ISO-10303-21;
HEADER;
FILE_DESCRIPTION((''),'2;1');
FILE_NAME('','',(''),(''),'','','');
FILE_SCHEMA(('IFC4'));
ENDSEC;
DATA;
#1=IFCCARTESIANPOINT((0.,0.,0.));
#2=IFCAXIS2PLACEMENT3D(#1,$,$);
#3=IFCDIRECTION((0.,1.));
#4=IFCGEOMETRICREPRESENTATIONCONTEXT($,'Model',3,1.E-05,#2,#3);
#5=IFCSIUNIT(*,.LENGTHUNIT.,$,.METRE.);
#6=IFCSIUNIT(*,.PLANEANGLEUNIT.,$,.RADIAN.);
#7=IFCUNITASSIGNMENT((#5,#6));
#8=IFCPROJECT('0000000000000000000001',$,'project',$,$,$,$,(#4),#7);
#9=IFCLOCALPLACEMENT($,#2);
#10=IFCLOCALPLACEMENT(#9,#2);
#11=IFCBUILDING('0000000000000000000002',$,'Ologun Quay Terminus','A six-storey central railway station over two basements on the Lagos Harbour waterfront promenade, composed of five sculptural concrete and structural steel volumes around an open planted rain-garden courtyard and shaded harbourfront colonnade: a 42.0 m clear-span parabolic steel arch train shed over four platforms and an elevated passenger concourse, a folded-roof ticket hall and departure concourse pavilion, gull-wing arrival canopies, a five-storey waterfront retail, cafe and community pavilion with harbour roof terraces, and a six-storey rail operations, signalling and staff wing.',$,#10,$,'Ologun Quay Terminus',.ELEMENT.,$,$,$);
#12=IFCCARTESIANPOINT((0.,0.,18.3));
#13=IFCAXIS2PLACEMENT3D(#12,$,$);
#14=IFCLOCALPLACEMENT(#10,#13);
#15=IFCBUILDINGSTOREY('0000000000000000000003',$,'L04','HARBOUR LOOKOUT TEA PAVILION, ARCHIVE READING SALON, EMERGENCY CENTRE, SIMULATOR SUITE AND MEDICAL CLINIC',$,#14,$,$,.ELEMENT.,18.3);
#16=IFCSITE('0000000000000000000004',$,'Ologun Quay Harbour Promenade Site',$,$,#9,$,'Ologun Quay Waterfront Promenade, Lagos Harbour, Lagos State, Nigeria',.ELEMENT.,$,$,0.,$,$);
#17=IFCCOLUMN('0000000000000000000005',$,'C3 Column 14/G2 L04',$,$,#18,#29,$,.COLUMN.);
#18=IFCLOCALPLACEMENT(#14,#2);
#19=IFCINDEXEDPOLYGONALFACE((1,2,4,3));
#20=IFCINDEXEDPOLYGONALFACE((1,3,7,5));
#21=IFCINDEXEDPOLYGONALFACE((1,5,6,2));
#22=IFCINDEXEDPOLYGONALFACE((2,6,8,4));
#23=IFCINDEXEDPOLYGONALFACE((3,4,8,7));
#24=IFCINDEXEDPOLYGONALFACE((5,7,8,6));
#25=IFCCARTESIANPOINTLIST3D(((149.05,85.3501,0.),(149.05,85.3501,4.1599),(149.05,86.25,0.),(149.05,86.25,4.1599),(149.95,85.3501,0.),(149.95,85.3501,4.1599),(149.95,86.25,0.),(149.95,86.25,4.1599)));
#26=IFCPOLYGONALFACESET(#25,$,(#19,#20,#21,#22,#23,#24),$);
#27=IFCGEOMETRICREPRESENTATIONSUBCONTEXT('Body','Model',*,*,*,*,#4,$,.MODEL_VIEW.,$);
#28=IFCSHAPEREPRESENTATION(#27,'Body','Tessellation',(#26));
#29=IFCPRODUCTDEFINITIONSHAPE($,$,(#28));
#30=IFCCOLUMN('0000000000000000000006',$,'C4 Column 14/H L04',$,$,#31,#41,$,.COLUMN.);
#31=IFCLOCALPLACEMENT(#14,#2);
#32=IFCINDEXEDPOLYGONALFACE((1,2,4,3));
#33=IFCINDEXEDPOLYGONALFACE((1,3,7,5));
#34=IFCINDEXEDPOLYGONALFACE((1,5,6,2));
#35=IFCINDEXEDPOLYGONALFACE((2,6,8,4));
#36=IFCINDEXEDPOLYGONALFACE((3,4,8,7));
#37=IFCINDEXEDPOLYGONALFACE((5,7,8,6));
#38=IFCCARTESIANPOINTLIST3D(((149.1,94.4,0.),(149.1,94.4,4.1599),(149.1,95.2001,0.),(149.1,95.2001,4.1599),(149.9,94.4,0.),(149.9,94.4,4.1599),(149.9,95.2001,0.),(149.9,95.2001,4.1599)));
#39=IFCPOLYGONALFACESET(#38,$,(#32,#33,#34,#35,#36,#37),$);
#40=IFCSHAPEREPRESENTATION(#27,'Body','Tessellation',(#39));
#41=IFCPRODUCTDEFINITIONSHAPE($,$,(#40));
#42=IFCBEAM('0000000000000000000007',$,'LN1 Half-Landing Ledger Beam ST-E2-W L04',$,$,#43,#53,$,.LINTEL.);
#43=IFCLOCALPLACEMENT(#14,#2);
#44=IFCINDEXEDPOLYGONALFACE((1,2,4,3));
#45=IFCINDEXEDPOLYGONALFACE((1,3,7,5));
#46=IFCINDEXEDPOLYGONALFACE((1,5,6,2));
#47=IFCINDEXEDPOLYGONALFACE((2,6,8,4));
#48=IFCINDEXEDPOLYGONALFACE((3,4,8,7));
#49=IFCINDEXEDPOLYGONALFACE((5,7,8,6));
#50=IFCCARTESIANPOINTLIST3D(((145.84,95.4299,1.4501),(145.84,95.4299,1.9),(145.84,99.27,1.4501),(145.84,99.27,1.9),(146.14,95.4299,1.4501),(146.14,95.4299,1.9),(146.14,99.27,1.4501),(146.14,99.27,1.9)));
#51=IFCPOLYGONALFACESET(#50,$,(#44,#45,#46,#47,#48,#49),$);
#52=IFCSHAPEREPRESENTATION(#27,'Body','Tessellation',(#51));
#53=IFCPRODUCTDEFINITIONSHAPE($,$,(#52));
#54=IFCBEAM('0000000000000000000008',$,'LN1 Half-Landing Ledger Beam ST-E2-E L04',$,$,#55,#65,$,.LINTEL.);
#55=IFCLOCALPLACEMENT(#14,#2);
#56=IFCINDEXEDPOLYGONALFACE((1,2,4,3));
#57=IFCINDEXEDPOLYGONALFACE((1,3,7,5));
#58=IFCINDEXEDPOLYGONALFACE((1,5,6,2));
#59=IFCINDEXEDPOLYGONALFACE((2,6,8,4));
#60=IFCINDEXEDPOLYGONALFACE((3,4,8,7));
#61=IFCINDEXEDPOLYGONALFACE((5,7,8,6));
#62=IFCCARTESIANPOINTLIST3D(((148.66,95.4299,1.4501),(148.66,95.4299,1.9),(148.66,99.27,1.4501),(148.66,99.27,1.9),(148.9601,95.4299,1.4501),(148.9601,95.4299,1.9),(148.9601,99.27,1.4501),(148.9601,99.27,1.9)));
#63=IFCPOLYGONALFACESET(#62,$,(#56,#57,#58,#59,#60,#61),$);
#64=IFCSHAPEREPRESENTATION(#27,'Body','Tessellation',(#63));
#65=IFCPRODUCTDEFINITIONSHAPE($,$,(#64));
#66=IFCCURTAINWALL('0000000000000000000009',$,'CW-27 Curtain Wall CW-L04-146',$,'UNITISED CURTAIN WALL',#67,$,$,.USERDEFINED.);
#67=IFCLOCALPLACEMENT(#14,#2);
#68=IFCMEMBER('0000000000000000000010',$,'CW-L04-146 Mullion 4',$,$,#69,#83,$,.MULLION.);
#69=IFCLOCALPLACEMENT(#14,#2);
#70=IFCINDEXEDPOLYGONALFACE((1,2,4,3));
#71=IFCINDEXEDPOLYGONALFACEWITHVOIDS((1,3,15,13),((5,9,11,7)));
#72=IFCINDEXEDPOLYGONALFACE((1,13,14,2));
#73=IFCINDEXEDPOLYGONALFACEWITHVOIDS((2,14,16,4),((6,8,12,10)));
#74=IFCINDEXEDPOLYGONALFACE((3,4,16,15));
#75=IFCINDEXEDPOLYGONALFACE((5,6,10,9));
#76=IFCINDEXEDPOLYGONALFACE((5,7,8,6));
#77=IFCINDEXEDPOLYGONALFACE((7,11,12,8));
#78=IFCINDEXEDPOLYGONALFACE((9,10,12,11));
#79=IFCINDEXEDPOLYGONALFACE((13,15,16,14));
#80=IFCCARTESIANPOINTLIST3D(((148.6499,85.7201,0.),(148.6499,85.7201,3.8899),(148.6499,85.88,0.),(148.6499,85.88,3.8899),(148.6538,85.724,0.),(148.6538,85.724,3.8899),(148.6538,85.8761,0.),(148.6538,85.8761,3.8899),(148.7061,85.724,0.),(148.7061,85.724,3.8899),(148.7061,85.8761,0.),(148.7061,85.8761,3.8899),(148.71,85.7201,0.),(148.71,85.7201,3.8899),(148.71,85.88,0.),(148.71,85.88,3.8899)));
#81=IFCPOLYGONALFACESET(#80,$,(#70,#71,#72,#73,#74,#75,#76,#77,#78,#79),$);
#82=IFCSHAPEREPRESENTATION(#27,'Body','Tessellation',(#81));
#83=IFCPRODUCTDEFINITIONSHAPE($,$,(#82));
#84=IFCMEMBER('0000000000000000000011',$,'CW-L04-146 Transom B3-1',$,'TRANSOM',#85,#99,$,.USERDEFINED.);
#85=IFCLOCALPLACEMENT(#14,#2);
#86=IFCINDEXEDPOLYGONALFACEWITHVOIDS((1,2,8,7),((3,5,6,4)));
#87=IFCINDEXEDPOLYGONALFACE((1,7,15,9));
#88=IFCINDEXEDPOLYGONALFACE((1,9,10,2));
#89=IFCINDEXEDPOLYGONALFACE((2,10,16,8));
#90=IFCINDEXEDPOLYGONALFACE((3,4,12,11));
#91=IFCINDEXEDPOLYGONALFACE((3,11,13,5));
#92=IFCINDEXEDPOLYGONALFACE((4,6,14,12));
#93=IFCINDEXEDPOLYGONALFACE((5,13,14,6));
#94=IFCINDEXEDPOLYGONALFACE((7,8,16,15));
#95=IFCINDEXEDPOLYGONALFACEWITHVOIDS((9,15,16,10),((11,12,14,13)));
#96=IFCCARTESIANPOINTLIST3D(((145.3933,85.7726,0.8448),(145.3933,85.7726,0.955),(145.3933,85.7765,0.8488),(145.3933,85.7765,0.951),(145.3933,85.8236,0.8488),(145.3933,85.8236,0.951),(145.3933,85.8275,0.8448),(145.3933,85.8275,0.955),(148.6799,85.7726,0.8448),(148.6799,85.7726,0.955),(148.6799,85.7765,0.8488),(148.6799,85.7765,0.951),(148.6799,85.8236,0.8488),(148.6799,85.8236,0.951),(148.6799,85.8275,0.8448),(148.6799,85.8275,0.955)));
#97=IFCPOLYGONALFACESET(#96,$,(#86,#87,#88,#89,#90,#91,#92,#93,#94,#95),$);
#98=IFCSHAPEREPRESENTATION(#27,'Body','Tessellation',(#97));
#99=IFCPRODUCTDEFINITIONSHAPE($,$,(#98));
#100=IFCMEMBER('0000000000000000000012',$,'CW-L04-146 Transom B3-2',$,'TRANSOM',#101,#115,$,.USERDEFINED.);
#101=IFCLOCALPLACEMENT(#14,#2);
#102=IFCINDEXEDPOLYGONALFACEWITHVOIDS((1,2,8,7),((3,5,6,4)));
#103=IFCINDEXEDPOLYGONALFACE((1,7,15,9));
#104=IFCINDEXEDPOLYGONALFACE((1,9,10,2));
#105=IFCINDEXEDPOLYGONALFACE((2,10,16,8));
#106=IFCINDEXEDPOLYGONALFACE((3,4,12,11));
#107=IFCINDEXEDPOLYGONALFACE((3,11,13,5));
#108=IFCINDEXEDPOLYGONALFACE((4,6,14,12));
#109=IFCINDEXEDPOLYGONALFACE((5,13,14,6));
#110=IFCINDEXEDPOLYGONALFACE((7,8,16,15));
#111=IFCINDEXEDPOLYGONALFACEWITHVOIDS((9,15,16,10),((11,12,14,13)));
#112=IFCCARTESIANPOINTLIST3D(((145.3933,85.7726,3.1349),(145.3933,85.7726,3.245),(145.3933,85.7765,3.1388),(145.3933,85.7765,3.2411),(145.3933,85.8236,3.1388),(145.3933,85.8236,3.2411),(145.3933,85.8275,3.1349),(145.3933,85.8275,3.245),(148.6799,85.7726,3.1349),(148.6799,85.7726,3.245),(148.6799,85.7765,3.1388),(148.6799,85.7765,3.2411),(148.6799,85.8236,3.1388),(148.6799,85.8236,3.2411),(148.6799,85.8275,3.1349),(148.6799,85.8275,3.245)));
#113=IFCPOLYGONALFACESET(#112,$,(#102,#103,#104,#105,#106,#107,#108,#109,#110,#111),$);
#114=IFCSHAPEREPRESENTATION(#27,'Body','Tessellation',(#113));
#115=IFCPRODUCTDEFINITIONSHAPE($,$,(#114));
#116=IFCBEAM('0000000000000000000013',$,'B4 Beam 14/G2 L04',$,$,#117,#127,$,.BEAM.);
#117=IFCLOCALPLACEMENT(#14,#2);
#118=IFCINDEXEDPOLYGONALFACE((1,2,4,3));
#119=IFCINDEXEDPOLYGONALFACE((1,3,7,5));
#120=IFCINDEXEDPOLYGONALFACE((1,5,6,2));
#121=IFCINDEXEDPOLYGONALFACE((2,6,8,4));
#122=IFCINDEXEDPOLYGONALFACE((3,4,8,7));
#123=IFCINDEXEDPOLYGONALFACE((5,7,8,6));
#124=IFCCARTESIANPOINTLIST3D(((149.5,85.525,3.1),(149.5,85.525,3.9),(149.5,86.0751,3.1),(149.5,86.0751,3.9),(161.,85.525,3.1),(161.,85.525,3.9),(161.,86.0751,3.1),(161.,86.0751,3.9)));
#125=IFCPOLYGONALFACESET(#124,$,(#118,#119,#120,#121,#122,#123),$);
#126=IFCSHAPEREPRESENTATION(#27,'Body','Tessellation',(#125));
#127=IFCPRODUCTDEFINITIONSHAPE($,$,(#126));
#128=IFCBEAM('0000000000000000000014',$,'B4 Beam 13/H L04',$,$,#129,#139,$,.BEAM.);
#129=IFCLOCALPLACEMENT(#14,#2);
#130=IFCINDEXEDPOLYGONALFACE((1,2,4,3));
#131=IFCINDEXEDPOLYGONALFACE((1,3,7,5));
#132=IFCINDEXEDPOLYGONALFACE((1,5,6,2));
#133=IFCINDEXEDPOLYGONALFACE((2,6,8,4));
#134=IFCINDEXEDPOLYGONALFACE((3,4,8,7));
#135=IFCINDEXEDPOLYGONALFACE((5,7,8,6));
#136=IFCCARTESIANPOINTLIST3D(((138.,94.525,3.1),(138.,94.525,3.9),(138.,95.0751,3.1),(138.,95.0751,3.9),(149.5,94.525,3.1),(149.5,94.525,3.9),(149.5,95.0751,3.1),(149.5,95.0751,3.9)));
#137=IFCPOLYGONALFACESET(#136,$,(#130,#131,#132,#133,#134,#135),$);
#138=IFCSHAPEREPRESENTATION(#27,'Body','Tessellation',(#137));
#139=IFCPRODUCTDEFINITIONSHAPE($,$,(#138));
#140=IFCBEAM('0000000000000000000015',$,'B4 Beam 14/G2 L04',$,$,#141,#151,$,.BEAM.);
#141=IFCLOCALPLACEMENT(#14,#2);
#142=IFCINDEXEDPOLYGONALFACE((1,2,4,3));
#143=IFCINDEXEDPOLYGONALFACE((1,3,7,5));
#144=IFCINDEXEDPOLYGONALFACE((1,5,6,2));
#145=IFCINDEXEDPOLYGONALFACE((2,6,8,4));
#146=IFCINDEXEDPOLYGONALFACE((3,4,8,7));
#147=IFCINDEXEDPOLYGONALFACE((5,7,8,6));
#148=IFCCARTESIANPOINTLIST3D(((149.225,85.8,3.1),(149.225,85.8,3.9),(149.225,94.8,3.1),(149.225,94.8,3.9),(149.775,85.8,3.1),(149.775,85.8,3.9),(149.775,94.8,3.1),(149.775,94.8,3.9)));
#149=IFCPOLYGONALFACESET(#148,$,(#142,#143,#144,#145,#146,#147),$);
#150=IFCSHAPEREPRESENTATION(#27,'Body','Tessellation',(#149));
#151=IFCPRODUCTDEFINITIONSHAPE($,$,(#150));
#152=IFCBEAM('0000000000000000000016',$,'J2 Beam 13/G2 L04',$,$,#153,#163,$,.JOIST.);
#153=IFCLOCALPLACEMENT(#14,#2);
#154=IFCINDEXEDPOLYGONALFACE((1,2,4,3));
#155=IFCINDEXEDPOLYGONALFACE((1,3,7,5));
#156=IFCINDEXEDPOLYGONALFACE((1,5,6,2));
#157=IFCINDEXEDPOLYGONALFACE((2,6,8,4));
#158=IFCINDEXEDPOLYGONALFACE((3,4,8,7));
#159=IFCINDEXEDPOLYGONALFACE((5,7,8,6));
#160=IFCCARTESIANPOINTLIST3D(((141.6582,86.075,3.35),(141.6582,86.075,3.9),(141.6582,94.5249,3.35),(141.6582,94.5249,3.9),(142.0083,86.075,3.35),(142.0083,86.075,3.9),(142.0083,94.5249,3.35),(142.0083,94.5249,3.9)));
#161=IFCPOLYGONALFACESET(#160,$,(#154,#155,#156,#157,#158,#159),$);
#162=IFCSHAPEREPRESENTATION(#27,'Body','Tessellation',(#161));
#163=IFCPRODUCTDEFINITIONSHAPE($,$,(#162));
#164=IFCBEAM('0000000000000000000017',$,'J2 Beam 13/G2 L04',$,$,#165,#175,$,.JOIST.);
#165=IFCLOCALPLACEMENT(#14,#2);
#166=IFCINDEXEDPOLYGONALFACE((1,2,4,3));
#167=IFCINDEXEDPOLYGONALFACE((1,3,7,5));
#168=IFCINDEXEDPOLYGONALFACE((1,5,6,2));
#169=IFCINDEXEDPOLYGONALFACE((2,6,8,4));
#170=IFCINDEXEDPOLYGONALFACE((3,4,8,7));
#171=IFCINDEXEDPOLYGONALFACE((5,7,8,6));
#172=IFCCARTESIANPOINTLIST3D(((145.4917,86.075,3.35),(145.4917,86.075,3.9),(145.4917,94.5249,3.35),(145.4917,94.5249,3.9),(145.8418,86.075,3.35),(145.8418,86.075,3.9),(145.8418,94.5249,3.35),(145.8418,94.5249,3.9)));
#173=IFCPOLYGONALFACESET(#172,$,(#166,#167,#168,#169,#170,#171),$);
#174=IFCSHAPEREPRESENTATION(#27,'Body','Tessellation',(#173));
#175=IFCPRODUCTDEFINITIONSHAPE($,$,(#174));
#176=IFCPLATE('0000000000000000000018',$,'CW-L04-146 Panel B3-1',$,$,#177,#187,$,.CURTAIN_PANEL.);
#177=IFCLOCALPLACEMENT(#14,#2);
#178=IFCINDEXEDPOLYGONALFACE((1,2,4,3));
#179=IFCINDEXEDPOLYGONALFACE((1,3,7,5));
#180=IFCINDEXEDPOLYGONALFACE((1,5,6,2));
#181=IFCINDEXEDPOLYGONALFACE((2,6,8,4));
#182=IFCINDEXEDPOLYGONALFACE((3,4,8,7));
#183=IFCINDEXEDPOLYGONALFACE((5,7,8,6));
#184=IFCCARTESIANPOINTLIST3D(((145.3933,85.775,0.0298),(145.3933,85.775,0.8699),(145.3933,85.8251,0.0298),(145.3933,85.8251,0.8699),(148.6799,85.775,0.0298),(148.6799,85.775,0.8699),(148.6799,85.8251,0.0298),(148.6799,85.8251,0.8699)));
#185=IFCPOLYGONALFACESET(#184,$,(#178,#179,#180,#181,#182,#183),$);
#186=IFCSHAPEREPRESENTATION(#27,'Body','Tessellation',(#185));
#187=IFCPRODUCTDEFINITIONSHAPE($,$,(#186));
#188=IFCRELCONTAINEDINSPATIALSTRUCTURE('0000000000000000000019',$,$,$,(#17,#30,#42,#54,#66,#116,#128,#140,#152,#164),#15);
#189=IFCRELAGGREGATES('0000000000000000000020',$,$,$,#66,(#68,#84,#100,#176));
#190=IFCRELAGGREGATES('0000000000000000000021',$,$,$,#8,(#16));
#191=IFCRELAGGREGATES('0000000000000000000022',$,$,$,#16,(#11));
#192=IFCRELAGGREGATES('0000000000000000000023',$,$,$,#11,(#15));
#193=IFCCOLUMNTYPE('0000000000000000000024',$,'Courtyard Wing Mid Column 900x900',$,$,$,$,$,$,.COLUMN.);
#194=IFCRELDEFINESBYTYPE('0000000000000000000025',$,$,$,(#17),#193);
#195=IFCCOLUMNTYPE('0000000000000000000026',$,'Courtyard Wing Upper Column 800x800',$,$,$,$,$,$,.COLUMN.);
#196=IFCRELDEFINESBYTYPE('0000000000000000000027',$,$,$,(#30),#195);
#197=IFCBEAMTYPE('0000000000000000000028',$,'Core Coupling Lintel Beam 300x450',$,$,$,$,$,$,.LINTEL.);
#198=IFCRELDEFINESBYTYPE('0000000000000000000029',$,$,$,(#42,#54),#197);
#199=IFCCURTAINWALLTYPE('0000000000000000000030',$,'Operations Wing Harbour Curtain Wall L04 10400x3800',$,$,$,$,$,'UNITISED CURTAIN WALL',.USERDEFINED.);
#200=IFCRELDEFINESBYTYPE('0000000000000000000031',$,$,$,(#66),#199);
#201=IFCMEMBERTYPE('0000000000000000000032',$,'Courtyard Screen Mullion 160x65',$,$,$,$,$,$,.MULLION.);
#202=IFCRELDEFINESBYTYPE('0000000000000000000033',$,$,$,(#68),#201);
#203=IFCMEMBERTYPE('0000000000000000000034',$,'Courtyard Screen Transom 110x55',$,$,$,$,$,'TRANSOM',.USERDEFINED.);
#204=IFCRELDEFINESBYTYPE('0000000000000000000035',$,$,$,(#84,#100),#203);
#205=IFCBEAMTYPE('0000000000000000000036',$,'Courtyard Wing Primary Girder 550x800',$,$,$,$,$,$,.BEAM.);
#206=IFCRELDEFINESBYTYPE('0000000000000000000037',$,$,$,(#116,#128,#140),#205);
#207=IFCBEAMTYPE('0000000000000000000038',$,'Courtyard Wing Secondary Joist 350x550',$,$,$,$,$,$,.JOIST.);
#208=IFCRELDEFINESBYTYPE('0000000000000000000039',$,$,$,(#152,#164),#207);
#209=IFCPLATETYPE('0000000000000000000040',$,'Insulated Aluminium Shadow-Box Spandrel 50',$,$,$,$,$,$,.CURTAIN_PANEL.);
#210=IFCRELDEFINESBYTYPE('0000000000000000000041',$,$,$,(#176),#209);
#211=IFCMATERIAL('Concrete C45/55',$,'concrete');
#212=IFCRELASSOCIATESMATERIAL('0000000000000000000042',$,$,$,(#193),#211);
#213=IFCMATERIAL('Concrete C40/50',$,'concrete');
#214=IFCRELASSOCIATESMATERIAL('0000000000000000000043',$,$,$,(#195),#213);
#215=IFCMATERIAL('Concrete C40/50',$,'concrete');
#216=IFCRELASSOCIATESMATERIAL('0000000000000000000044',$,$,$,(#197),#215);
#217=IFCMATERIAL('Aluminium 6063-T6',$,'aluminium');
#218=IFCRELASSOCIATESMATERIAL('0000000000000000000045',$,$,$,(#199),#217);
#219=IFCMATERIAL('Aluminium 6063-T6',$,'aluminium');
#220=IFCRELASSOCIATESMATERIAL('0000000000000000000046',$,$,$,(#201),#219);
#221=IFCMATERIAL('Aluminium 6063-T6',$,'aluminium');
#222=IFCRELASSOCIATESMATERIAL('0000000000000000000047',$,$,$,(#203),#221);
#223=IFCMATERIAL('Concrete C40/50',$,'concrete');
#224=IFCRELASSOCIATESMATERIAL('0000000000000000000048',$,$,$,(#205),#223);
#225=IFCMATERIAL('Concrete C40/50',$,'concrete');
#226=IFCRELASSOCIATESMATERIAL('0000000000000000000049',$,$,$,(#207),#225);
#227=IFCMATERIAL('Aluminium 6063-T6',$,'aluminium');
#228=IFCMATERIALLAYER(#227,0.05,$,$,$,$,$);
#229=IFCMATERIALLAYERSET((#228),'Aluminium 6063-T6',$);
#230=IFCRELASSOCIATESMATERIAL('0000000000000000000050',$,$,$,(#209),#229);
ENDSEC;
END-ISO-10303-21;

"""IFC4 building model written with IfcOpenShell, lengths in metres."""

from ifc_helpers import new_model, si_unit, direction, frame, origin, origin_2d, place, context, subcontext, project, spatial, rectangle, hollow_rectangle, extrude, material, layer, layer_set, material_profile, profile_set, type_object, element, aggregate, save


model = new_model("IFC4")

# Units and contexts
model_context = context("Model", 3, precision=1e-05, world=origin(), true_north=direction((0.0, 1.0)))
body_context = subcontext(model_context, "Body", "Model", "MODEL_VIEW")
ifc_project = project(units=[si_unit("LENGTHUNIT", "METRE"), si_unit("PLANEANGLEUNIT", "RADIAN")], contexts=[model_context])

# Site, building, storey
site_placement = place(None, origin())
site = spatial("IfcSite", under=ifc_project, at=site_placement, Name="Ologun Quay Harbour Promenade Site", LongName="Ologun Quay Waterfront Promenade, Lagos Harbour, Lagos State, Nigeria", CompositionType="ELEMENT", RefElevation=0.0)
building_placement = place(site_placement, origin())
building = spatial("IfcBuilding", under=site, at=building_placement, Name="Ologun Quay Terminus", Description="A six-storey central railway station over two basements on the Lagos Harbour waterfront promenade, composed of five sculptural concrete and structural steel volumes around an open planted rain-garden courtyard and shaded harbourfront colonnade: a 42.0 m clear-span parabolic steel arch train shed over four platforms and an elevated passenger concourse, a folded-roof ticket hall and departure concourse pavilion, gull-wing arrival canopies, a five-storey waterfront retail, cafe and community pavilion with harbour roof terraces, and a six-storey rail operations, signalling and staff wing.", LongName="Ologun Quay Terminus", CompositionType="ELEMENT")
storey_placement = place(building_placement, frame((0.0, 0.0, 18.3)))
storey = spatial("IfcBuildingStorey", under=building, at=storey_placement, Name="L04", Description="HARBOUR LOOKOUT TEA PAVILION, ARCHIVE READING SALON, EMERGENCY CENTRE, SIMULATOR SUITE AND MEDICAL CLINIC", CompositionType="ELEMENT", Elevation=18.3)

# Columns
ifc_material_1 = material(Name="Concrete C45/55", Category="concrete")
ifc_material_profile_1 = material_profile(ifc_material_1, rectangle(XDim=0.8999, YDim=0.8999, at=origin_2d()), Name="RC 900x900")
ifc_profile_set_1 = profile_set([ifc_material_profile_1], Name="Concrete C45/55")
column_type_1 = type_object("IfcColumnType", Name="Courtyard Wing Mid Column 900x900", PredefinedType="COLUMN", material=ifc_profile_set_1)
column_1_placement = place(storey_placement, frame((149.5, 85.8, 0.0), z_axis=(0.0, 0.0, 1.0), x_axis=(1.0, 0.0, 0.0)))
element("IfcColumn", 1, at=column_1_placement, inside=storey, type_object=column_type_1, Name="C3 Column 14/G2 L04", PredefinedType="COLUMN", context=body_context, shape_type="SweptSolid", body=[
    extrude(rectangle(XDim=0.8999, YDim=0.8999, at=origin_2d()), origin(), (0.0, 0.0, 1.0), 4.1599),
])
ifc_material_2 = material(Name="Concrete C40/50", Category="concrete")
ifc_material_profile_2 = material_profile(ifc_material_2, rectangle(XDim=0.8, YDim=0.8, at=origin_2d()), Name="RC 800x800")
ifc_profile_set_2 = profile_set([ifc_material_profile_2], Name="Concrete C40/50")
column_type_2 = type_object("IfcColumnType", Name="Courtyard Wing Upper Column 800x800", PredefinedType="COLUMN", material=ifc_profile_set_2)
column_2_placement = place(storey_placement, frame((149.5, 94.8, 0.0), z_axis=(0.0, 0.0, 1.0), x_axis=(1.0, 0.0, 0.0)))
element("IfcColumn", 2, at=column_2_placement, inside=storey, type_object=column_type_2, Name="C4 Column 14/H L04", PredefinedType="COLUMN", context=body_context, shape_type="SweptSolid", body=[
    extrude(rectangle(XDim=0.8, YDim=0.8, at=origin_2d()), origin(), (0.0, 0.0, 1.0), 4.1599),
])

# Beams
ifc_material_3 = material(Name="Concrete C40/50", Category="concrete")
ifc_material_profile_3 = material_profile(ifc_material_3, rectangle(XDim=0.3, YDim=0.45, at=origin_2d()), Name="RC 300x450")
ifc_profile_set_3 = profile_set([ifc_material_profile_3], Name="Concrete C40/50")
beam_type_1 = type_object("IfcBeamType", Name="Core Coupling Lintel Beam 300x450", PredefinedType="LINTEL", material=ifc_profile_set_3)
for number, where, z_axis, x_axis, name in (
    (3, (145.99, 95.4299, 1.675), (0.0, 1.0, 0.0), (-1.0, 0.0, 0.0), "LN1 Half-Landing Ledger Beam ST-E2-W L04"),
    (4, (148.8101, 95.4299, 1.675), (0.0, 1.0, 0.0), (-1.0, 0.0, 0.0), "LN1 Half-Landing Ledger Beam ST-E2-E L04"),
):
    element("IfcBeam", number, at=place(storey_placement, frame(where, z_axis=z_axis, x_axis=x_axis)), inside=storey, type_object=beam_type_1, Name=name, PredefinedType="LINTEL", context=body_context, shape_type="SweptSolid", body=[
        extrude(rectangle(XDim=0.3, YDim=0.45, at=origin_2d()), origin(), (0.0, 0.0, 1.0), 3.8401),
    ])

# Curtain wall, members
ifc_material_4 = material(Name="Aluminium 6063-T6", Category="aluminium")
curtain_wall_type = type_object("IfcCurtainWallType", Name="Operations Wing Harbour Curtain Wall L04 10400x3800", ElementType="UNITISED CURTAIN WALL", PredefinedType="USERDEFINED", material=ifc_material_4)
curtain_wall_placement = place(storey_placement, origin())
curtain_wall = element("IfcCurtainWall", 5, at=curtain_wall_placement, inside=storey, type_object=curtain_wall_type, Name="CW-27 Curtain Wall CW-L04-146", ObjectType="UNITISED CURTAIN WALL", PredefinedType="USERDEFINED")
ifc_material_5 = material(Name="Aluminium 6063-T6", Category="aluminium")
ifc_material_profile_4 = material_profile(ifc_material_5, hollow_rectangle(XDim=0.0601, YDim=0.1599, WallThickness=0.0039, at=origin_2d()), Name="ALU 160x60x4")
ifc_profile_set_4 = profile_set([ifc_material_profile_4], Name="Aluminium 6063-T6")
member_type_1 = type_object("IfcMemberType", Name="Courtyard Screen Mullion 160x65", PredefinedType="MULLION", material=ifc_profile_set_4)
member_1_placement = place(storey_placement, frame((148.6799, 85.8, 0.0), z_axis=(0.0, 0.0, 1.0), x_axis=(1.0, 0.0, 0.0)))
member_1 = element("IfcMember", 6, at=member_1_placement, type_object=member_type_1, Name="CW-L04-146 Mullion 4", PredefinedType="MULLION", context=body_context, shape_type="SweptSolid", body=[
    extrude(hollow_rectangle(XDim=0.0601, YDim=0.1599, WallThickness=0.0039, at=origin_2d()), origin(), (0.0, 0.0, 1.0), 3.8899),
])
ifc_material_6 = material(Name="Aluminium 6063-T6", Category="aluminium")
ifc_material_profile_5 = material_profile(ifc_material_6, hollow_rectangle(XDim=0.0549, YDim=0.1101, WallThickness=0.0039, at=origin_2d()), Name="ALU 110x55x4")
ifc_profile_set_5 = profile_set([ifc_material_profile_5], Name="Aluminium 6063-T6")
member_type_2 = type_object("IfcMemberType", Name="Courtyard Screen Transom 110x55", ElementType="TRANSOM", PredefinedType="USERDEFINED", material=ifc_profile_set_5)
member_2_placement = place(storey_placement, frame((145.3933, 85.8, 0.8999), z_axis=(1.0, 0.0, 0.0), x_axis=(0.0, 1.0, 0.0)))
member_2 = element("IfcMember", 7, at=member_2_placement, type_object=member_type_2, Name="CW-L04-146 Transom B3-1", ObjectType="TRANSOM", PredefinedType="USERDEFINED", context=body_context, shape_type="SweptSolid", body=[
    extrude(hollow_rectangle(XDim=0.0549, YDim=0.1101, WallThickness=0.0039, at=origin_2d()), origin(), (0.0, 0.0, 1.0), 3.2866),
])
member_3_placement = place(storey_placement, frame((145.3933, 85.8, 3.1899), z_axis=(1.0, 0.0, 0.0), x_axis=(0.0, 1.0, 0.0)))
member_3 = element("IfcMember", 8, at=member_3_placement, type_object=member_type_2, Name="CW-L04-146 Transom B3-2", ObjectType="TRANSOM", PredefinedType="USERDEFINED", context=body_context, shape_type="SweptSolid", body=[
    extrude(hollow_rectangle(XDim=0.0549, YDim=0.1101, WallThickness=0.0039, at=origin_2d()), origin(), (0.0, 0.0, 1.0), 3.2866),
])

# Beams
ifc_material_7 = material(Name="Concrete C40/50", Category="concrete")
ifc_material_profile_6 = material_profile(ifc_material_7, rectangle(XDim=0.55, YDim=0.8, at=origin_2d()), Name="RC 550x800")
ifc_profile_set_6 = profile_set([ifc_material_profile_6], Name="Concrete C40/50")
beam_type_2 = type_object("IfcBeamType", Name="Courtyard Wing Primary Girder 550x800", PredefinedType="BEAM", material=ifc_profile_set_6)
for number, where, z_axis, x_axis, name in (
    (9, (149.5, 85.8, 3.5), (1.0, 0.0, 0.0), (0.0, 1.0, 0.0), "B4 Beam 14/G2 L04"),
    (10, (138.0, 94.8, 3.5), (1.0, 0.0, 0.0), (0.0, 1.0, 0.0), "B4 Beam 13/H L04"),
):
    element("IfcBeam", number, at=place(storey_placement, frame(where, z_axis=z_axis, x_axis=x_axis)), inside=storey, type_object=beam_type_2, Name=name, PredefinedType="BEAM", context=body_context, shape_type="SweptSolid", body=[
        extrude(rectangle(XDim=0.55, YDim=0.8, at=origin_2d()), origin(), (0.0, 0.0, 1.0), 11.5),
    ])
beam_placement = place(storey_placement, frame((149.5, 85.8, 3.5), z_axis=(0.0, 1.0, 0.0), x_axis=(-1.0, 0.0, 0.0)))
element("IfcBeam", 11, at=beam_placement, inside=storey, type_object=beam_type_2, Name="B4 Beam 14/G2 L04", PredefinedType="BEAM", context=body_context, shape_type="SweptSolid", body=[
    extrude(rectangle(XDim=0.55, YDim=0.8, at=origin_2d()), origin(), (0.0, 0.0, 1.0), 9.0),
])
ifc_material_8 = material(Name="Concrete C40/50", Category="concrete")
ifc_material_profile_7 = material_profile(ifc_material_8, rectangle(XDim=0.3501, YDim=0.55, at=origin_2d()), Name="RC 350x550")
ifc_profile_set_7 = profile_set([ifc_material_profile_7], Name="Concrete C40/50")
beam_type_3 = type_object("IfcBeamType", Name="Courtyard Wing Secondary Joist 350x550", PredefinedType="JOIST", material=ifc_profile_set_7)
for number, where, z_axis, x_axis, name in (
    (12, (141.8333, 86.075, 3.625), (0.0, 1.0, 0.0), (-1.0, 0.0, 0.0), "J2 Beam 13/G2 L04"),
    (13, (145.6667, 86.075, 3.625), (0.0, 1.0, 0.0), (-1.0, 0.0, 0.0), "J2 Beam 13/G2 L04"),
):
    element("IfcBeam", number, at=place(storey_placement, frame(where, z_axis=z_axis, x_axis=x_axis)), inside=storey, type_object=beam_type_3, Name=name, PredefinedType="JOIST", context=body_context, shape_type="SweptSolid", body=[
        extrude(rectangle(XDim=0.3501, YDim=0.55, at=origin_2d()), origin(), (0.0, 0.0, 1.0), 8.45),
    ])

# Plate
ifc_material_9 = material(Name="Aluminium 6063-T6", Category="aluminium")
ifc_layer_1 = layer(ifc_material_9, 0.05)
ifc_layer_set_1 = layer_set([ifc_layer_1], Name="Aluminium 6063-T6")
plate_type_1 = type_object("IfcPlateType", Name="Insulated Aluminium Shadow-Box Spandrel 50", PredefinedType="CURTAIN_PANEL", material=ifc_layer_set_1)
plate_1_placement = place(storey_placement, frame((147.0366, 85.8, 0.0298), z_axis=(0.0, 0.0, 1.0), x_axis=(1.0, 0.0, 0.0)))
plate_1 = element("IfcPlate", 14, at=plate_1_placement, type_object=plate_type_1, Name="CW-L04-146 Panel B3-1", PredefinedType="CURTAIN_PANEL", context=body_context, shape_type="SweptSolid", body=[
    extrude(rectangle(XDim=3.2866, YDim=0.05, at=origin_2d()), origin(), (0.0, 0.0, 1.0), 0.8401),
])
aggregate(curtain_wall, [member_1, member_2, member_3, plate_1])

save(model, "model.ifc")
